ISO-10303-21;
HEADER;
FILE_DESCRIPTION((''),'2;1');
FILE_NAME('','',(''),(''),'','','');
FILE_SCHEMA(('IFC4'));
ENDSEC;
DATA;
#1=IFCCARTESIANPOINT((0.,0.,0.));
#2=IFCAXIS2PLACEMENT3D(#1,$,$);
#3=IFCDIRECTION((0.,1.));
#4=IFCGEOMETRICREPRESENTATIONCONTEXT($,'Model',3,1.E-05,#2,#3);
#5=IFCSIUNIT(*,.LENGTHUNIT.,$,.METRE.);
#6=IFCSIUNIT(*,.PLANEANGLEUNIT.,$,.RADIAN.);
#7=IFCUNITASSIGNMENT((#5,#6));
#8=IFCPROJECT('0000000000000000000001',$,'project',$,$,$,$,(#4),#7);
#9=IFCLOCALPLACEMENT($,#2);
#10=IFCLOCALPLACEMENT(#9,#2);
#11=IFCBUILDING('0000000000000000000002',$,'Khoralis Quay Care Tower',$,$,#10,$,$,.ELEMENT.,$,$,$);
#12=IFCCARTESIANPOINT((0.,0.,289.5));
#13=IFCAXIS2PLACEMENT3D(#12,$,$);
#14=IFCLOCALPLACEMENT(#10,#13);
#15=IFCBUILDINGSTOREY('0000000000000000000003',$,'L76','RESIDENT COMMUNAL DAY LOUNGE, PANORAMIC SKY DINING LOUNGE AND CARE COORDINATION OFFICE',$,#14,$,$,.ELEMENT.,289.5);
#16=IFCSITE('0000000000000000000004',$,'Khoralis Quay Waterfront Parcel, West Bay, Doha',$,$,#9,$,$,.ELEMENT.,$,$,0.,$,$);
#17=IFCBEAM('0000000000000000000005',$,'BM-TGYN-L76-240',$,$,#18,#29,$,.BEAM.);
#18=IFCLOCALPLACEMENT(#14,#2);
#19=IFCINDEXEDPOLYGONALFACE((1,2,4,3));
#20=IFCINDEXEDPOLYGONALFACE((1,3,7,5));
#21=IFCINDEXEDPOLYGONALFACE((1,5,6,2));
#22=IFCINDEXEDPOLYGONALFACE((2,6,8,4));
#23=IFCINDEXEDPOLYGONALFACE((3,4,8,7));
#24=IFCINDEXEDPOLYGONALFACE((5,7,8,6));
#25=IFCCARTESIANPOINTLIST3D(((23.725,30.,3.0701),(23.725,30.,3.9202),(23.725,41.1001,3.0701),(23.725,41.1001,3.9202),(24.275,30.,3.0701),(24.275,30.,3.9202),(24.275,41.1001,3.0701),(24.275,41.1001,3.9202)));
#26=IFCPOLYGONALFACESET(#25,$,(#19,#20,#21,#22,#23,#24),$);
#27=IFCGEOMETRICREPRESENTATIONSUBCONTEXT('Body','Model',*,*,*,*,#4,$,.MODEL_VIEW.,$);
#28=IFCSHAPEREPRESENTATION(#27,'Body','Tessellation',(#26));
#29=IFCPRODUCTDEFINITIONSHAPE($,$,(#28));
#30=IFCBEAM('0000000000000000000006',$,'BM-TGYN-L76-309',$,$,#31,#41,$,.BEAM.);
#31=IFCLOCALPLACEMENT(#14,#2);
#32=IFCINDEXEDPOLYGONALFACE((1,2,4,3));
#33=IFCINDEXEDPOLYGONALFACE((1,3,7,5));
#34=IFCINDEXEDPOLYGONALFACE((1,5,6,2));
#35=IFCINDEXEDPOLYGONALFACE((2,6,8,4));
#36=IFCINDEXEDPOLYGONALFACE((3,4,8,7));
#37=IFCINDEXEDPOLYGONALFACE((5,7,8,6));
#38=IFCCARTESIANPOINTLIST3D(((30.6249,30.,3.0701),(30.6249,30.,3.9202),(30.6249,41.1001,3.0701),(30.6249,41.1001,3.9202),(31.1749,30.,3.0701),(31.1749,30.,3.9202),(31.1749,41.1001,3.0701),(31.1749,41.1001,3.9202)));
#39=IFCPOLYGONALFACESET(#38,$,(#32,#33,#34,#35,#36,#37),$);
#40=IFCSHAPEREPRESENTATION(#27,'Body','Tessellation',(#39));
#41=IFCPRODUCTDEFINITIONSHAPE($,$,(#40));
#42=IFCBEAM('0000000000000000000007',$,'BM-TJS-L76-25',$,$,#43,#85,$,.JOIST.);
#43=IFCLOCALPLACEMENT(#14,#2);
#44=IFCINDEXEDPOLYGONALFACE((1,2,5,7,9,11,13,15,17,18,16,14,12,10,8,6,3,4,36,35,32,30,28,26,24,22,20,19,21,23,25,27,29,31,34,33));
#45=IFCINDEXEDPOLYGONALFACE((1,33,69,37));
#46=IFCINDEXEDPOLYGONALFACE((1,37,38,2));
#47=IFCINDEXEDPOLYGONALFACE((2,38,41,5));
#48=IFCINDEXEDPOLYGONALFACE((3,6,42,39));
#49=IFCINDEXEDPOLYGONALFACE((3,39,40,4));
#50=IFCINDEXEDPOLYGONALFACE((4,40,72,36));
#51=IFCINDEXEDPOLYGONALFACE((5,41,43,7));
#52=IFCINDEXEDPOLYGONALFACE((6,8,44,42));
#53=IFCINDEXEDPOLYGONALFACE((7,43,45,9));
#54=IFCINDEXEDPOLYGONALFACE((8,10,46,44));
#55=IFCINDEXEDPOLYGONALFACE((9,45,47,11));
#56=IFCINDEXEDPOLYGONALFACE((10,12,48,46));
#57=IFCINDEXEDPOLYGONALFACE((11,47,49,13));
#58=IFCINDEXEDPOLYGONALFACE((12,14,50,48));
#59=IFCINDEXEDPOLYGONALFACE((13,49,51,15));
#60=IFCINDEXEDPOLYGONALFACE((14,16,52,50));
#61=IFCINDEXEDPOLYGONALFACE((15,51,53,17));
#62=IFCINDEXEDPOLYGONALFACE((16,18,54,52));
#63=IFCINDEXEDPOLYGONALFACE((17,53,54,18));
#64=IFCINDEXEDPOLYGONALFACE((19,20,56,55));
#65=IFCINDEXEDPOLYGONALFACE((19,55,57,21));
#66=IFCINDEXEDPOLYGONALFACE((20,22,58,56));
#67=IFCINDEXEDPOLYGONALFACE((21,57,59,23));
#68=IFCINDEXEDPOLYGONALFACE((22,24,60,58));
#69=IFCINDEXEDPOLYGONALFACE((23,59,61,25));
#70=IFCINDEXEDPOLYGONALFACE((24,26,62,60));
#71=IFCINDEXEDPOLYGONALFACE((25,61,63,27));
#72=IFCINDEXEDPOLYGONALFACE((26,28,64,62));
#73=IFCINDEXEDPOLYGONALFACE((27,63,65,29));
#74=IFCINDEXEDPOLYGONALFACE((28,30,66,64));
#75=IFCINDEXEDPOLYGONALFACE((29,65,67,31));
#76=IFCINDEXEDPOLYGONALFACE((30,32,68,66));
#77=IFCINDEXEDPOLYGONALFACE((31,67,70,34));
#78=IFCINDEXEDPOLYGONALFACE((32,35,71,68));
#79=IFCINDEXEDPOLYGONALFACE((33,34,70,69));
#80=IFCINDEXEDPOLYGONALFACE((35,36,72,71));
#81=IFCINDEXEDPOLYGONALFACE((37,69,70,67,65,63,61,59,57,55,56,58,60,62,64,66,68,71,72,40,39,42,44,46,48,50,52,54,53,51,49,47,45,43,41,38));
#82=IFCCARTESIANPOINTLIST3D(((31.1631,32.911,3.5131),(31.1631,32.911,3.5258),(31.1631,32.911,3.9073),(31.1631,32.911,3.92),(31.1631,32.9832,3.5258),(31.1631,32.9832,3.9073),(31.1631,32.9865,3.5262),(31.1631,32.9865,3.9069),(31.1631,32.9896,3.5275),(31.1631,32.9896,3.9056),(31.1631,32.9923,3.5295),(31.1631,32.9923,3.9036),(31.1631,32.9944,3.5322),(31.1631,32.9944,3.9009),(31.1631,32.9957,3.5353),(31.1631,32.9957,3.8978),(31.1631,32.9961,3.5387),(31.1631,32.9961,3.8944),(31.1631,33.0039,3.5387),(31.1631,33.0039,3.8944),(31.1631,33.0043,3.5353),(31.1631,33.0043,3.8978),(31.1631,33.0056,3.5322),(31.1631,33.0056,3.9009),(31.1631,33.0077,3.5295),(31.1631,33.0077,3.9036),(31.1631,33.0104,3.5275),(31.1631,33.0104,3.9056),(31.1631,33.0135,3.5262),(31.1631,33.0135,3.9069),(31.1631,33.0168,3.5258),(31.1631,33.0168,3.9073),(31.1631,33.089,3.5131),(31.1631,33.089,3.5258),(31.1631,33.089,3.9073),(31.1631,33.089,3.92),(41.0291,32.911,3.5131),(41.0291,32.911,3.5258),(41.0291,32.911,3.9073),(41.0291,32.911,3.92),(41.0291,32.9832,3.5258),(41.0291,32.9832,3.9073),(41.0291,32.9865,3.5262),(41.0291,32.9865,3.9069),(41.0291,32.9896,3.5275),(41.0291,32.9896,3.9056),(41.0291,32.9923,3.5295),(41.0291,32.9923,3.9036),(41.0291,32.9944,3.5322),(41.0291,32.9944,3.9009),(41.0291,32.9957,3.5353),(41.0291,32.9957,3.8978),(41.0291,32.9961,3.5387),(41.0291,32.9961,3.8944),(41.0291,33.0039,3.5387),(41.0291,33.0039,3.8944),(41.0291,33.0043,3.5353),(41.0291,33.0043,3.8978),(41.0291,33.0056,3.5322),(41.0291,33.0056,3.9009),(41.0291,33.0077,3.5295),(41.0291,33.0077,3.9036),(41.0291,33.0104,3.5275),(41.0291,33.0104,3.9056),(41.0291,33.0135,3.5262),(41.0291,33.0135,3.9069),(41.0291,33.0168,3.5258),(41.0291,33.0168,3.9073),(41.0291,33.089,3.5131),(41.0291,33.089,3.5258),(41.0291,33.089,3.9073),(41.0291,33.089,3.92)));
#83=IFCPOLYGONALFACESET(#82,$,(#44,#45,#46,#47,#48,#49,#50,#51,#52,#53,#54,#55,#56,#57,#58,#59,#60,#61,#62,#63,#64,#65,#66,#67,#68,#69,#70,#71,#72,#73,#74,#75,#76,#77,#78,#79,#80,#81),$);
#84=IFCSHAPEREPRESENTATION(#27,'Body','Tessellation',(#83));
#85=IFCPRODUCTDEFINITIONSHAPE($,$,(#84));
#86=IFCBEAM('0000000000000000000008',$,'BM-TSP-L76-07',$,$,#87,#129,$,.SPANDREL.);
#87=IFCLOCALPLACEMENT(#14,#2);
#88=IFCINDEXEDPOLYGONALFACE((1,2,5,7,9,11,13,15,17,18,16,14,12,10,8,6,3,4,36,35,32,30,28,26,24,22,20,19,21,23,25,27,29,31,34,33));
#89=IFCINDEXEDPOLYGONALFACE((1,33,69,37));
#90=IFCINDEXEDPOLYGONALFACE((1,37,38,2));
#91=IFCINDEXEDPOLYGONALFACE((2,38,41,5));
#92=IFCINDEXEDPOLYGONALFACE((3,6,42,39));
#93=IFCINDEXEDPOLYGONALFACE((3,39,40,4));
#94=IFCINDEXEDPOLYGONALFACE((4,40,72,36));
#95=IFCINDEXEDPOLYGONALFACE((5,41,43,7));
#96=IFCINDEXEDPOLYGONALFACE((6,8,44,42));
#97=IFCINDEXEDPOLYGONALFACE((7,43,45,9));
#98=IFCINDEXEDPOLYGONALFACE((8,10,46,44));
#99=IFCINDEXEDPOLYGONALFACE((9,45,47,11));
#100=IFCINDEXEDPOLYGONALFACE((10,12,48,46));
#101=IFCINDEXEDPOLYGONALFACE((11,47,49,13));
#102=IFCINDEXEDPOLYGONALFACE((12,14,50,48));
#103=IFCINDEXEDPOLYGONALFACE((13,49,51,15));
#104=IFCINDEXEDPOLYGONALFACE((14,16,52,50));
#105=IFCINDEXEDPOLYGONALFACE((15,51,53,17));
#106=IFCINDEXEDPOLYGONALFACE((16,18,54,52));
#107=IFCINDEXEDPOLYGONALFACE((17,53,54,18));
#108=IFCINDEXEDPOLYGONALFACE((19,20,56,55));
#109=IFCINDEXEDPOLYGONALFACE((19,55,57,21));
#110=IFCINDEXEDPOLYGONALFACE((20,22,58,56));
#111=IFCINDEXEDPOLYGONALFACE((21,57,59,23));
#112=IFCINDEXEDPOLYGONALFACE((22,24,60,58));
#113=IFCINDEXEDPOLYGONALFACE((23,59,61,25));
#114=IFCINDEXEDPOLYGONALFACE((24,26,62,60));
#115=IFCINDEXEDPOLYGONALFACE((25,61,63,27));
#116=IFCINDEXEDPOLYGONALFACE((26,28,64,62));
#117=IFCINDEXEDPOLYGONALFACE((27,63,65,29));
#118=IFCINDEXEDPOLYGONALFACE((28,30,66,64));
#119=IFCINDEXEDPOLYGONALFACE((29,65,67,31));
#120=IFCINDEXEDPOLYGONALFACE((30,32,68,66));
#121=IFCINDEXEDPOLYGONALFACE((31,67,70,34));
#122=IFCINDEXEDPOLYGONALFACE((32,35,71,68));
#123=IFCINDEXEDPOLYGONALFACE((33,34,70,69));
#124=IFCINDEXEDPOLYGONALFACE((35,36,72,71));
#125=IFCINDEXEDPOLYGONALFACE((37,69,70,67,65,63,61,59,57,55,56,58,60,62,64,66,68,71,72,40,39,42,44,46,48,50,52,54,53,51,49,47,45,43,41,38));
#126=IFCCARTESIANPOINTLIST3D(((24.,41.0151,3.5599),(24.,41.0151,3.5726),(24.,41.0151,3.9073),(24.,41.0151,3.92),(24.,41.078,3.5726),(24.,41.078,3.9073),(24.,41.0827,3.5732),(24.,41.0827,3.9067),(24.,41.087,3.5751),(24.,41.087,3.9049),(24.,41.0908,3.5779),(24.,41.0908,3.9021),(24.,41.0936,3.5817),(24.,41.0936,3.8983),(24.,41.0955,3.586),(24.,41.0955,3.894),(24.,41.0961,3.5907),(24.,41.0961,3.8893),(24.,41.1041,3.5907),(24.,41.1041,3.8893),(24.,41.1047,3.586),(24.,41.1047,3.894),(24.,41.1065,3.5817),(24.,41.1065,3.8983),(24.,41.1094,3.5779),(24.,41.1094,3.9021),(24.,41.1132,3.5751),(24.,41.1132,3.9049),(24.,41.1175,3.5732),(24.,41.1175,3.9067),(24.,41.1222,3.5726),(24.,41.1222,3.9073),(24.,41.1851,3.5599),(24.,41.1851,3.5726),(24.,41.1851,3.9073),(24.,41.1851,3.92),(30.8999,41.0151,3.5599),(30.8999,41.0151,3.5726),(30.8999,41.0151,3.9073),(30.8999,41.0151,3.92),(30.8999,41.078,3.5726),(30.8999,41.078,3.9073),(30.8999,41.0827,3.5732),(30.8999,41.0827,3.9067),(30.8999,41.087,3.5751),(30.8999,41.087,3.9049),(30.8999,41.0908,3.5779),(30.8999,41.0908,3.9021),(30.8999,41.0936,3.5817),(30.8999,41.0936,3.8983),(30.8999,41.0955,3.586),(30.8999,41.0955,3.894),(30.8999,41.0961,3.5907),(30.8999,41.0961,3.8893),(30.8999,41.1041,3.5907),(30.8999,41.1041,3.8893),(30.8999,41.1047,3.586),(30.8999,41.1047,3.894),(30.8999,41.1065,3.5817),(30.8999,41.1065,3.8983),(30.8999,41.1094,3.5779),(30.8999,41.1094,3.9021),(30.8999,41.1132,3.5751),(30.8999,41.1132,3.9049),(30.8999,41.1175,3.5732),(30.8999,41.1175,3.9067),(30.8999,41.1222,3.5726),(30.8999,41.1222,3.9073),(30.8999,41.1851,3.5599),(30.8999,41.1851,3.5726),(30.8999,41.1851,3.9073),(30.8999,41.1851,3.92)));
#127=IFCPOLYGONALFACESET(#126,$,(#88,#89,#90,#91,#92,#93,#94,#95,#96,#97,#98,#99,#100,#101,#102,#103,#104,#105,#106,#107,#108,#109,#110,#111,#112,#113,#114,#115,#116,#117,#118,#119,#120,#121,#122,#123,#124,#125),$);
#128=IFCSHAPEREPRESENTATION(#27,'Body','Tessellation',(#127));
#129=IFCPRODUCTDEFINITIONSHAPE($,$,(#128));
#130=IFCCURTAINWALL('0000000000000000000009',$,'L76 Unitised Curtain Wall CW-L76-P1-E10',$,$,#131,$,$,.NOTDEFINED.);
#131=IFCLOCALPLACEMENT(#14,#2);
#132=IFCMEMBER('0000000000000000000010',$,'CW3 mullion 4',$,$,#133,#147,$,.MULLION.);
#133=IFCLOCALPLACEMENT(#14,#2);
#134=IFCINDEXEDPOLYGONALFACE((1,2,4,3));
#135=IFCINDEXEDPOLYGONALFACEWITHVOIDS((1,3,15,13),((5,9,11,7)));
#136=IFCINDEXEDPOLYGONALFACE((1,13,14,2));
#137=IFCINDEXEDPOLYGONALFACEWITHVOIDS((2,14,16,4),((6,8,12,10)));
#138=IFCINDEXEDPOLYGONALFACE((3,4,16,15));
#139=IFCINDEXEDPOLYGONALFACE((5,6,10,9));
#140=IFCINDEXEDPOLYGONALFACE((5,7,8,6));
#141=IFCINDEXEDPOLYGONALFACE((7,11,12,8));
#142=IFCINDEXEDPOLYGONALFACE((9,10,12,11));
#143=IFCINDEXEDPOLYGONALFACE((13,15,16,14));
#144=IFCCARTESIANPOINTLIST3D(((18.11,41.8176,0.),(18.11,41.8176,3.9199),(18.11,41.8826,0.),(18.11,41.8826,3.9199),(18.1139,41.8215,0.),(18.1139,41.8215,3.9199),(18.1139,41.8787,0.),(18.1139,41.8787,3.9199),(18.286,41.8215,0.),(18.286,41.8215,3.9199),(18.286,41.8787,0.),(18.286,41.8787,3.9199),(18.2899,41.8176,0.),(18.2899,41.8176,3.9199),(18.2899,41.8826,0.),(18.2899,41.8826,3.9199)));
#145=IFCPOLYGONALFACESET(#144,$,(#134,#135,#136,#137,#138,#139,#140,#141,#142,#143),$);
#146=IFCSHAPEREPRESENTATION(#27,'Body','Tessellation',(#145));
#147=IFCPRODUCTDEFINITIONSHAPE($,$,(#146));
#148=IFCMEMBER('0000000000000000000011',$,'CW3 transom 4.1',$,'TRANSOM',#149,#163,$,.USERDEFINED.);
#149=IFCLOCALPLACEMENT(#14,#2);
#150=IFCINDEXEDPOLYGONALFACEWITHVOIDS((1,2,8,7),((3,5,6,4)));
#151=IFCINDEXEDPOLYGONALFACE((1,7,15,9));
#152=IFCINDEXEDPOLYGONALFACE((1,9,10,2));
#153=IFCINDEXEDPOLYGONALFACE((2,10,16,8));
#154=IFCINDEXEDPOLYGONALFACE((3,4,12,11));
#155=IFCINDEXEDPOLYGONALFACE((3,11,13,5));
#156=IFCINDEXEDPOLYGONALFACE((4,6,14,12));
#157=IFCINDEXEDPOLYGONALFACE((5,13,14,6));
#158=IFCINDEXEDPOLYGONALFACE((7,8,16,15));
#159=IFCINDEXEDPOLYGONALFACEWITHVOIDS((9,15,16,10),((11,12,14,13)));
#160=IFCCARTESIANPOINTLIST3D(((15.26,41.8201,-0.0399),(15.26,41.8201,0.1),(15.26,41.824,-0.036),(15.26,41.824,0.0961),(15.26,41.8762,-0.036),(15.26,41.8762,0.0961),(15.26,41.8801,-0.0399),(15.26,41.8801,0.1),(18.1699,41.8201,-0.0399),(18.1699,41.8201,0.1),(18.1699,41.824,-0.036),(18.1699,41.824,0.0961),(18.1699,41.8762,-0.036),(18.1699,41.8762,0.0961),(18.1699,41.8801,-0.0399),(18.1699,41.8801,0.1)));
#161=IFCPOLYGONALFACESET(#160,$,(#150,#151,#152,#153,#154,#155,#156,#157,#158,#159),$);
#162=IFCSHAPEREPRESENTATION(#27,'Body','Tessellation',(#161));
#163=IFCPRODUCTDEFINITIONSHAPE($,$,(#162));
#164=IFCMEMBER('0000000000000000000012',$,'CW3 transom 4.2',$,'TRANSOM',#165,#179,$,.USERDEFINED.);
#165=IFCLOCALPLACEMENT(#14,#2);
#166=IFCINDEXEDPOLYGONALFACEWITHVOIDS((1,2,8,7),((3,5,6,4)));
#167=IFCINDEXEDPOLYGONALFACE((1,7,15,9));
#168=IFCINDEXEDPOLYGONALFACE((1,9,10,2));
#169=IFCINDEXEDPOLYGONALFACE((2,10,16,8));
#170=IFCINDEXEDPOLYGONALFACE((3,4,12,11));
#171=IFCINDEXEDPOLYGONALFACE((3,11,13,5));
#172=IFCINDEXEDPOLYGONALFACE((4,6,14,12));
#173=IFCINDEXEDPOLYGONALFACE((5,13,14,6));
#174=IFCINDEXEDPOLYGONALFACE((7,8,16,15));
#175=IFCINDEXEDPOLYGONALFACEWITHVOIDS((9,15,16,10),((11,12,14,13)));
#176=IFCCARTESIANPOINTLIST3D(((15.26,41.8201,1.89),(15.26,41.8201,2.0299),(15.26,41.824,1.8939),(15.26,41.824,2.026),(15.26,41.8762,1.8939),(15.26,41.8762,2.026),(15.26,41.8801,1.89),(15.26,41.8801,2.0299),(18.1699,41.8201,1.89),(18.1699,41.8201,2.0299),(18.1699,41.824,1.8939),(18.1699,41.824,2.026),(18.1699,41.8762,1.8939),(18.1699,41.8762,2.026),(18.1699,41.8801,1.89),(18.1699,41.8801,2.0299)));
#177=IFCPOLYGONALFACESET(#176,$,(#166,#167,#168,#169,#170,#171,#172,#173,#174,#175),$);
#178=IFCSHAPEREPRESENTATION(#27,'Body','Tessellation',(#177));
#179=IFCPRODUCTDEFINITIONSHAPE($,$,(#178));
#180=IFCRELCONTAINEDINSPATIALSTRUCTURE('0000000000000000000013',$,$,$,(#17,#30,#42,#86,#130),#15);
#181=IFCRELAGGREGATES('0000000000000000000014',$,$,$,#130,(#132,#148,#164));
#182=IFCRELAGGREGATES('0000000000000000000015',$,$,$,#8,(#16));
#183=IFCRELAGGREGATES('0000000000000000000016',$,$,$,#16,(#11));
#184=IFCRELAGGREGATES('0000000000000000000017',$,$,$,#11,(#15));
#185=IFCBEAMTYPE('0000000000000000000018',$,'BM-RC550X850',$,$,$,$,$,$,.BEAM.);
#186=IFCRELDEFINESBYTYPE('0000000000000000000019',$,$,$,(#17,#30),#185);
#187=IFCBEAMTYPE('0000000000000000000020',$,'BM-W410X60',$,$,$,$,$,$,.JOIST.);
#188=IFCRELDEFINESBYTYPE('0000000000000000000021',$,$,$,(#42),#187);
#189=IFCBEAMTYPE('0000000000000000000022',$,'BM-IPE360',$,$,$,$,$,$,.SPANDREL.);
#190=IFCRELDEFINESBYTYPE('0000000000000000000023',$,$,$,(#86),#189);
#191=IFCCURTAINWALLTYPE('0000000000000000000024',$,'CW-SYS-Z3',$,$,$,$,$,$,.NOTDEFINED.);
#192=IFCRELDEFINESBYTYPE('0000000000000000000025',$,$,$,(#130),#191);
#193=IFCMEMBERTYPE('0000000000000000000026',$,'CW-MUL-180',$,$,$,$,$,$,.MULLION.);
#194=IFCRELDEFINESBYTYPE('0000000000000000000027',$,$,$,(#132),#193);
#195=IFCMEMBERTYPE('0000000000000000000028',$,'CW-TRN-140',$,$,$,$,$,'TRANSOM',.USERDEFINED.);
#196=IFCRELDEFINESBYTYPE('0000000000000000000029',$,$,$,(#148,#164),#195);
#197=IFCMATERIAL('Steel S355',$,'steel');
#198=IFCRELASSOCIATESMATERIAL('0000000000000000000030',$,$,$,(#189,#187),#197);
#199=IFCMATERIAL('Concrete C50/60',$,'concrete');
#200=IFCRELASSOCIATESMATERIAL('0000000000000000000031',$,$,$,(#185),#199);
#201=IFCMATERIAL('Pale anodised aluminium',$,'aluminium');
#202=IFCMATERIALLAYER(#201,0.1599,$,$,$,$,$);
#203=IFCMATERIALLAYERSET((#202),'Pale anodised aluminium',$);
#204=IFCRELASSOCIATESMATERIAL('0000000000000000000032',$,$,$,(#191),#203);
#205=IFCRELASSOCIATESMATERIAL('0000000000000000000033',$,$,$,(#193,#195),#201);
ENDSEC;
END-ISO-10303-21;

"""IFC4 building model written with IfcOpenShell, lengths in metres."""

from ifc_helpers import new_model, si_unit, direction, frame, origin, origin_2d, place, context, subcontext, project, spatial, rectangle, hollow_rectangle, i_section, extrude, source, transform, mapped, material, layer, layer_set, material_profile, profile_set, type_object, element, aggregate, save


model = new_model("IFC4")

# Units and contexts
model_context = context("Model", 3, precision=1e-05, world=origin(), true_north=direction((0.0, 1.0)))
body_context = subcontext(model_context, "Body", "Model", "MODEL_VIEW")
ifc_project = project(units=[si_unit("LENGTHUNIT", "METRE"), si_unit("PLANEANGLEUNIT", "RADIAN")], contexts=[model_context])

# Site, building, storey
site_placement = place(None, origin())
site = spatial("IfcSite", under=ifc_project, at=site_placement, Name="Khoralis Quay Waterfront Parcel, West Bay, Doha", CompositionType="ELEMENT", RefElevation=0.0)
building_placement = place(site_placement, origin())
building = spatial("IfcBuilding", under=site, at=building_placement, Name="Khoralis Quay Care Tower", CompositionType="ELEMENT")
storey_placement = place(building_placement, frame((0.0, 0.0, 289.5)))
storey = spatial("IfcBuildingStorey", under=building, at=storey_placement, Name="L76", Description="RESIDENT COMMUNAL DAY LOUNGE, PANORAMIC SKY DINING LOUNGE AND CARE COORDINATION OFFICE", CompositionType="ELEMENT", Elevation=289.5)

# Shared definitions
ifc_material_1 = material(Name="Concrete C50/60", Category="concrete")

# Beams
ifc_material_2 = material(Name="Steel S355", Category="steel")
ifc_material_profile_1 = material_profile(ifc_material_2, i_section(OverallWidth=0.1699, OverallDepth=0.3601, WebThickness=0.0081, FlangeThickness=0.0127, FilletRadius=0.0181, at=origin_2d()), Name="Steel S355")
ifc_profile_set_1 = profile_set([ifc_material_profile_1], Name="Steel S355")
beam_type_1 = type_object("IfcBeamType", Name="BM-IPE360", PredefinedType="SPANDREL", material=ifc_profile_set_1)
ifc_material_profile_2 = material_profile(ifc_material_1, rectangle(XDim=0.55, YDim=0.8501, at=origin_2d()), Name="Concrete C50/60")
ifc_profile_set_2 = profile_set([ifc_material_profile_2], Name="Concrete C50/60")
beam_type_2 = type_object("IfcBeamType", Name="BM-RC550X850", PredefinedType="BEAM", material=ifc_profile_set_2)
shared_shape_1 = source(origin(), body_context, "Body", "SweptSolid", [
    extrude(rectangle(XDim=0.55, YDim=0.8501, at=origin_2d()), origin(), (0.0, 0.0, 1.0), 11.1001),
])
for number, where, z_axis, x_axis, name in (
    (1, (24.0, 30.0, 3.4951), (0.0, 1.0, 0.0), (-1.0, 0.0, 0.0), "BM-TGYN-L76-240"),
    (2, (30.8999, 30.0, 3.4951), (0.0, 1.0, 0.0), (-1.0, 0.0, 0.0), "BM-TGYN-L76-309"),
):
    element("IfcBeam", number, at=place(storey_placement, frame(where, z_axis=z_axis, x_axis=x_axis)), inside=storey, type_object=beam_type_2, Name=name, PredefinedType="BEAM", context=body_context, shape_type="MappedRepresentation", body=[
        mapped(shared_shape_1, transform((0.0, 0.0, 0.0), scale=1.0)),
    ])
ifc_material_profile_3 = material_profile(ifc_material_2, i_section(OverallWidth=0.178, OverallDepth=0.407, WebThickness=0.0078, FlangeThickness=0.0127, FilletRadius=0.0129, at=origin_2d()), Name="Steel S355")
ifc_profile_set_3 = profile_set([ifc_material_profile_3], Name="Steel S355")
beam_type_3 = type_object("IfcBeamType", Name="BM-W410X60", PredefinedType="JOIST", material=ifc_profile_set_3)
shared_shape_2 = source(origin(), body_context, "Body", "SweptSolid", [
    extrude(i_section(OverallWidth=0.178, OverallDepth=0.407, WebThickness=0.0078, FlangeThickness=0.0127, FilletRadius=0.0129, at=origin_2d()), origin(), (0.0, 0.0, 1.0), 9.866),
])
beam_1_placement = place(storey_placement, frame((31.1631, 33.0, 3.7166), z_axis=(1.0, 0.0, 0.0), x_axis=(0.0, 1.0, 0.0)))
element("IfcBeam", 3, at=beam_1_placement, inside=storey, type_object=beam_type_3, Name="BM-TJS-L76-25", PredefinedType="JOIST", context=body_context, shape_type="MappedRepresentation", body=[
    mapped(shared_shape_2, transform((0.0, 0.0, 0.0), scale=1.0)),
])
shared_shape_3 = source(origin(), body_context, "Body", "SweptSolid", [
    extrude(i_section(OverallWidth=0.1699, OverallDepth=0.3601, WebThickness=0.0081, FlangeThickness=0.0127, FilletRadius=0.0181, at=origin_2d()), origin(), (0.0, 0.0, 1.0), 6.8999),
])
beam_2_placement = place(storey_placement, frame((24.0, 41.1001, 3.74), z_axis=(1.0, 0.0, 0.0), x_axis=(0.0, 1.0, 0.0)))
element("IfcBeam", 4, at=beam_2_placement, inside=storey, type_object=beam_type_1, Name="BM-TSP-L76-07", PredefinedType="SPANDREL", context=body_context, shape_type="MappedRepresentation", body=[
    mapped(shared_shape_3, transform((0.0, 0.0, 0.0), scale=1.0)),
])

# Curtain wall, members
ifc_material_3 = material(Name="Pale anodised aluminium", Category="aluminium")
ifc_layer_1 = layer(ifc_material_3, 0.1599)
ifc_layer_set_1 = layer_set([ifc_layer_1], Name="Pale anodised aluminium")
curtain_wall_type = type_object("IfcCurtainWallType", Name="CW-SYS-Z3", PredefinedType="NOTDEFINED", material=ifc_layer_set_1)
curtain_wall_placement = place(storey_placement, origin())
curtain_wall = element("IfcCurtainWall", 5, at=curtain_wall_placement, inside=storey, type_object=curtain_wall_type, Name="L76 Unitised Curtain Wall CW-L76-P1-E10", PredefinedType="NOTDEFINED")
ifc_material_profile_4 = material_profile(ifc_material_3, hollow_rectangle(XDim=0.0649, YDim=0.1799, WallThickness=0.0039, at=origin_2d()), Name="Pale anodised aluminium")
ifc_profile_set_4 = profile_set([ifc_material_profile_4], Name="Pale anodised aluminium")
member_type_1 = type_object("IfcMemberType", Name="CW-MUL-180", PredefinedType="MULLION", material=ifc_profile_set_4)
shared_shape_4 = source(origin(), body_context, "Body", "SweptSolid", [
    extrude(hollow_rectangle(XDim=0.0649, YDim=0.1799, WallThickness=0.0039, at=origin_2d()), origin(), (0.0, 0.0, 1.0), 3.9199),
])
member_1_placement = place(storey_placement, frame((18.2, 41.8501, 0.0), z_axis=(0.0, 0.0, 1.0), x_axis=(0.0, -1.0, 0.0)))
member_1 = element("IfcMember", 6, at=member_1_placement, type_object=member_type_1, Name="CW3 mullion 4", PredefinedType="MULLION", context=body_context, shape_type="MappedRepresentation", body=[
    mapped(shared_shape_4, transform((0.0, 0.0, 0.0), scale=1.0)),
])
ifc_material_profile_5 = material_profile(ifc_material_3, hollow_rectangle(XDim=0.0601, YDim=0.1399, WallThickness=0.0039, at=origin_2d()), Name="Pale anodised aluminium")
ifc_profile_set_5 = profile_set([ifc_material_profile_5], Name="Pale anodised aluminium")
member_type_2 = type_object("IfcMemberType", Name="CW-TRN-140", ElementType="TRANSOM", PredefinedType="USERDEFINED", material=ifc_profile_set_5)
shared_shape_5 = source(origin(), body_context, "Body", "SweptSolid", [
    extrude(hollow_rectangle(XDim=0.0601, YDim=0.1399, WallThickness=0.0039, at=origin_2d()), origin(), (0.0, 0.0, 1.0), 2.9099),
])
member_2_placement = place(storey_placement, frame((18.1699, 41.8501, 0.03), z_axis=(-1.0, 0.0, 0.0), x_axis=(0.0, -1.0, 0.0)))
member_2 = element("IfcMember", 7, at=member_2_placement, type_object=member_type_2, Name="CW3 transom 4.1", ObjectType="TRANSOM", PredefinedType="USERDEFINED", context=body_context, shape_type="MappedRepresentation", body=[
    mapped(shared_shape_5, transform((0.0, 0.0, 0.0), scale=1.0)),
])
member_3_placement = place(storey_placement, frame((18.1699, 41.8501, 1.96), z_axis=(-1.0, 0.0, 0.0), x_axis=(0.0, -1.0, 0.0)))
member_3 = element("IfcMember", 8, at=member_3_placement, type_object=member_type_2, Name="CW3 transom 4.2", ObjectType="TRANSOM", PredefinedType="USERDEFINED", context=body_context, shape_type="MappedRepresentation", body=[
    mapped(shared_shape_5, transform((0.0, 0.0, 0.0), scale=1.0)),
])
aggregate(curtain_wall, [member_1, member_2, member_3])

save(model, "model.ifc")
